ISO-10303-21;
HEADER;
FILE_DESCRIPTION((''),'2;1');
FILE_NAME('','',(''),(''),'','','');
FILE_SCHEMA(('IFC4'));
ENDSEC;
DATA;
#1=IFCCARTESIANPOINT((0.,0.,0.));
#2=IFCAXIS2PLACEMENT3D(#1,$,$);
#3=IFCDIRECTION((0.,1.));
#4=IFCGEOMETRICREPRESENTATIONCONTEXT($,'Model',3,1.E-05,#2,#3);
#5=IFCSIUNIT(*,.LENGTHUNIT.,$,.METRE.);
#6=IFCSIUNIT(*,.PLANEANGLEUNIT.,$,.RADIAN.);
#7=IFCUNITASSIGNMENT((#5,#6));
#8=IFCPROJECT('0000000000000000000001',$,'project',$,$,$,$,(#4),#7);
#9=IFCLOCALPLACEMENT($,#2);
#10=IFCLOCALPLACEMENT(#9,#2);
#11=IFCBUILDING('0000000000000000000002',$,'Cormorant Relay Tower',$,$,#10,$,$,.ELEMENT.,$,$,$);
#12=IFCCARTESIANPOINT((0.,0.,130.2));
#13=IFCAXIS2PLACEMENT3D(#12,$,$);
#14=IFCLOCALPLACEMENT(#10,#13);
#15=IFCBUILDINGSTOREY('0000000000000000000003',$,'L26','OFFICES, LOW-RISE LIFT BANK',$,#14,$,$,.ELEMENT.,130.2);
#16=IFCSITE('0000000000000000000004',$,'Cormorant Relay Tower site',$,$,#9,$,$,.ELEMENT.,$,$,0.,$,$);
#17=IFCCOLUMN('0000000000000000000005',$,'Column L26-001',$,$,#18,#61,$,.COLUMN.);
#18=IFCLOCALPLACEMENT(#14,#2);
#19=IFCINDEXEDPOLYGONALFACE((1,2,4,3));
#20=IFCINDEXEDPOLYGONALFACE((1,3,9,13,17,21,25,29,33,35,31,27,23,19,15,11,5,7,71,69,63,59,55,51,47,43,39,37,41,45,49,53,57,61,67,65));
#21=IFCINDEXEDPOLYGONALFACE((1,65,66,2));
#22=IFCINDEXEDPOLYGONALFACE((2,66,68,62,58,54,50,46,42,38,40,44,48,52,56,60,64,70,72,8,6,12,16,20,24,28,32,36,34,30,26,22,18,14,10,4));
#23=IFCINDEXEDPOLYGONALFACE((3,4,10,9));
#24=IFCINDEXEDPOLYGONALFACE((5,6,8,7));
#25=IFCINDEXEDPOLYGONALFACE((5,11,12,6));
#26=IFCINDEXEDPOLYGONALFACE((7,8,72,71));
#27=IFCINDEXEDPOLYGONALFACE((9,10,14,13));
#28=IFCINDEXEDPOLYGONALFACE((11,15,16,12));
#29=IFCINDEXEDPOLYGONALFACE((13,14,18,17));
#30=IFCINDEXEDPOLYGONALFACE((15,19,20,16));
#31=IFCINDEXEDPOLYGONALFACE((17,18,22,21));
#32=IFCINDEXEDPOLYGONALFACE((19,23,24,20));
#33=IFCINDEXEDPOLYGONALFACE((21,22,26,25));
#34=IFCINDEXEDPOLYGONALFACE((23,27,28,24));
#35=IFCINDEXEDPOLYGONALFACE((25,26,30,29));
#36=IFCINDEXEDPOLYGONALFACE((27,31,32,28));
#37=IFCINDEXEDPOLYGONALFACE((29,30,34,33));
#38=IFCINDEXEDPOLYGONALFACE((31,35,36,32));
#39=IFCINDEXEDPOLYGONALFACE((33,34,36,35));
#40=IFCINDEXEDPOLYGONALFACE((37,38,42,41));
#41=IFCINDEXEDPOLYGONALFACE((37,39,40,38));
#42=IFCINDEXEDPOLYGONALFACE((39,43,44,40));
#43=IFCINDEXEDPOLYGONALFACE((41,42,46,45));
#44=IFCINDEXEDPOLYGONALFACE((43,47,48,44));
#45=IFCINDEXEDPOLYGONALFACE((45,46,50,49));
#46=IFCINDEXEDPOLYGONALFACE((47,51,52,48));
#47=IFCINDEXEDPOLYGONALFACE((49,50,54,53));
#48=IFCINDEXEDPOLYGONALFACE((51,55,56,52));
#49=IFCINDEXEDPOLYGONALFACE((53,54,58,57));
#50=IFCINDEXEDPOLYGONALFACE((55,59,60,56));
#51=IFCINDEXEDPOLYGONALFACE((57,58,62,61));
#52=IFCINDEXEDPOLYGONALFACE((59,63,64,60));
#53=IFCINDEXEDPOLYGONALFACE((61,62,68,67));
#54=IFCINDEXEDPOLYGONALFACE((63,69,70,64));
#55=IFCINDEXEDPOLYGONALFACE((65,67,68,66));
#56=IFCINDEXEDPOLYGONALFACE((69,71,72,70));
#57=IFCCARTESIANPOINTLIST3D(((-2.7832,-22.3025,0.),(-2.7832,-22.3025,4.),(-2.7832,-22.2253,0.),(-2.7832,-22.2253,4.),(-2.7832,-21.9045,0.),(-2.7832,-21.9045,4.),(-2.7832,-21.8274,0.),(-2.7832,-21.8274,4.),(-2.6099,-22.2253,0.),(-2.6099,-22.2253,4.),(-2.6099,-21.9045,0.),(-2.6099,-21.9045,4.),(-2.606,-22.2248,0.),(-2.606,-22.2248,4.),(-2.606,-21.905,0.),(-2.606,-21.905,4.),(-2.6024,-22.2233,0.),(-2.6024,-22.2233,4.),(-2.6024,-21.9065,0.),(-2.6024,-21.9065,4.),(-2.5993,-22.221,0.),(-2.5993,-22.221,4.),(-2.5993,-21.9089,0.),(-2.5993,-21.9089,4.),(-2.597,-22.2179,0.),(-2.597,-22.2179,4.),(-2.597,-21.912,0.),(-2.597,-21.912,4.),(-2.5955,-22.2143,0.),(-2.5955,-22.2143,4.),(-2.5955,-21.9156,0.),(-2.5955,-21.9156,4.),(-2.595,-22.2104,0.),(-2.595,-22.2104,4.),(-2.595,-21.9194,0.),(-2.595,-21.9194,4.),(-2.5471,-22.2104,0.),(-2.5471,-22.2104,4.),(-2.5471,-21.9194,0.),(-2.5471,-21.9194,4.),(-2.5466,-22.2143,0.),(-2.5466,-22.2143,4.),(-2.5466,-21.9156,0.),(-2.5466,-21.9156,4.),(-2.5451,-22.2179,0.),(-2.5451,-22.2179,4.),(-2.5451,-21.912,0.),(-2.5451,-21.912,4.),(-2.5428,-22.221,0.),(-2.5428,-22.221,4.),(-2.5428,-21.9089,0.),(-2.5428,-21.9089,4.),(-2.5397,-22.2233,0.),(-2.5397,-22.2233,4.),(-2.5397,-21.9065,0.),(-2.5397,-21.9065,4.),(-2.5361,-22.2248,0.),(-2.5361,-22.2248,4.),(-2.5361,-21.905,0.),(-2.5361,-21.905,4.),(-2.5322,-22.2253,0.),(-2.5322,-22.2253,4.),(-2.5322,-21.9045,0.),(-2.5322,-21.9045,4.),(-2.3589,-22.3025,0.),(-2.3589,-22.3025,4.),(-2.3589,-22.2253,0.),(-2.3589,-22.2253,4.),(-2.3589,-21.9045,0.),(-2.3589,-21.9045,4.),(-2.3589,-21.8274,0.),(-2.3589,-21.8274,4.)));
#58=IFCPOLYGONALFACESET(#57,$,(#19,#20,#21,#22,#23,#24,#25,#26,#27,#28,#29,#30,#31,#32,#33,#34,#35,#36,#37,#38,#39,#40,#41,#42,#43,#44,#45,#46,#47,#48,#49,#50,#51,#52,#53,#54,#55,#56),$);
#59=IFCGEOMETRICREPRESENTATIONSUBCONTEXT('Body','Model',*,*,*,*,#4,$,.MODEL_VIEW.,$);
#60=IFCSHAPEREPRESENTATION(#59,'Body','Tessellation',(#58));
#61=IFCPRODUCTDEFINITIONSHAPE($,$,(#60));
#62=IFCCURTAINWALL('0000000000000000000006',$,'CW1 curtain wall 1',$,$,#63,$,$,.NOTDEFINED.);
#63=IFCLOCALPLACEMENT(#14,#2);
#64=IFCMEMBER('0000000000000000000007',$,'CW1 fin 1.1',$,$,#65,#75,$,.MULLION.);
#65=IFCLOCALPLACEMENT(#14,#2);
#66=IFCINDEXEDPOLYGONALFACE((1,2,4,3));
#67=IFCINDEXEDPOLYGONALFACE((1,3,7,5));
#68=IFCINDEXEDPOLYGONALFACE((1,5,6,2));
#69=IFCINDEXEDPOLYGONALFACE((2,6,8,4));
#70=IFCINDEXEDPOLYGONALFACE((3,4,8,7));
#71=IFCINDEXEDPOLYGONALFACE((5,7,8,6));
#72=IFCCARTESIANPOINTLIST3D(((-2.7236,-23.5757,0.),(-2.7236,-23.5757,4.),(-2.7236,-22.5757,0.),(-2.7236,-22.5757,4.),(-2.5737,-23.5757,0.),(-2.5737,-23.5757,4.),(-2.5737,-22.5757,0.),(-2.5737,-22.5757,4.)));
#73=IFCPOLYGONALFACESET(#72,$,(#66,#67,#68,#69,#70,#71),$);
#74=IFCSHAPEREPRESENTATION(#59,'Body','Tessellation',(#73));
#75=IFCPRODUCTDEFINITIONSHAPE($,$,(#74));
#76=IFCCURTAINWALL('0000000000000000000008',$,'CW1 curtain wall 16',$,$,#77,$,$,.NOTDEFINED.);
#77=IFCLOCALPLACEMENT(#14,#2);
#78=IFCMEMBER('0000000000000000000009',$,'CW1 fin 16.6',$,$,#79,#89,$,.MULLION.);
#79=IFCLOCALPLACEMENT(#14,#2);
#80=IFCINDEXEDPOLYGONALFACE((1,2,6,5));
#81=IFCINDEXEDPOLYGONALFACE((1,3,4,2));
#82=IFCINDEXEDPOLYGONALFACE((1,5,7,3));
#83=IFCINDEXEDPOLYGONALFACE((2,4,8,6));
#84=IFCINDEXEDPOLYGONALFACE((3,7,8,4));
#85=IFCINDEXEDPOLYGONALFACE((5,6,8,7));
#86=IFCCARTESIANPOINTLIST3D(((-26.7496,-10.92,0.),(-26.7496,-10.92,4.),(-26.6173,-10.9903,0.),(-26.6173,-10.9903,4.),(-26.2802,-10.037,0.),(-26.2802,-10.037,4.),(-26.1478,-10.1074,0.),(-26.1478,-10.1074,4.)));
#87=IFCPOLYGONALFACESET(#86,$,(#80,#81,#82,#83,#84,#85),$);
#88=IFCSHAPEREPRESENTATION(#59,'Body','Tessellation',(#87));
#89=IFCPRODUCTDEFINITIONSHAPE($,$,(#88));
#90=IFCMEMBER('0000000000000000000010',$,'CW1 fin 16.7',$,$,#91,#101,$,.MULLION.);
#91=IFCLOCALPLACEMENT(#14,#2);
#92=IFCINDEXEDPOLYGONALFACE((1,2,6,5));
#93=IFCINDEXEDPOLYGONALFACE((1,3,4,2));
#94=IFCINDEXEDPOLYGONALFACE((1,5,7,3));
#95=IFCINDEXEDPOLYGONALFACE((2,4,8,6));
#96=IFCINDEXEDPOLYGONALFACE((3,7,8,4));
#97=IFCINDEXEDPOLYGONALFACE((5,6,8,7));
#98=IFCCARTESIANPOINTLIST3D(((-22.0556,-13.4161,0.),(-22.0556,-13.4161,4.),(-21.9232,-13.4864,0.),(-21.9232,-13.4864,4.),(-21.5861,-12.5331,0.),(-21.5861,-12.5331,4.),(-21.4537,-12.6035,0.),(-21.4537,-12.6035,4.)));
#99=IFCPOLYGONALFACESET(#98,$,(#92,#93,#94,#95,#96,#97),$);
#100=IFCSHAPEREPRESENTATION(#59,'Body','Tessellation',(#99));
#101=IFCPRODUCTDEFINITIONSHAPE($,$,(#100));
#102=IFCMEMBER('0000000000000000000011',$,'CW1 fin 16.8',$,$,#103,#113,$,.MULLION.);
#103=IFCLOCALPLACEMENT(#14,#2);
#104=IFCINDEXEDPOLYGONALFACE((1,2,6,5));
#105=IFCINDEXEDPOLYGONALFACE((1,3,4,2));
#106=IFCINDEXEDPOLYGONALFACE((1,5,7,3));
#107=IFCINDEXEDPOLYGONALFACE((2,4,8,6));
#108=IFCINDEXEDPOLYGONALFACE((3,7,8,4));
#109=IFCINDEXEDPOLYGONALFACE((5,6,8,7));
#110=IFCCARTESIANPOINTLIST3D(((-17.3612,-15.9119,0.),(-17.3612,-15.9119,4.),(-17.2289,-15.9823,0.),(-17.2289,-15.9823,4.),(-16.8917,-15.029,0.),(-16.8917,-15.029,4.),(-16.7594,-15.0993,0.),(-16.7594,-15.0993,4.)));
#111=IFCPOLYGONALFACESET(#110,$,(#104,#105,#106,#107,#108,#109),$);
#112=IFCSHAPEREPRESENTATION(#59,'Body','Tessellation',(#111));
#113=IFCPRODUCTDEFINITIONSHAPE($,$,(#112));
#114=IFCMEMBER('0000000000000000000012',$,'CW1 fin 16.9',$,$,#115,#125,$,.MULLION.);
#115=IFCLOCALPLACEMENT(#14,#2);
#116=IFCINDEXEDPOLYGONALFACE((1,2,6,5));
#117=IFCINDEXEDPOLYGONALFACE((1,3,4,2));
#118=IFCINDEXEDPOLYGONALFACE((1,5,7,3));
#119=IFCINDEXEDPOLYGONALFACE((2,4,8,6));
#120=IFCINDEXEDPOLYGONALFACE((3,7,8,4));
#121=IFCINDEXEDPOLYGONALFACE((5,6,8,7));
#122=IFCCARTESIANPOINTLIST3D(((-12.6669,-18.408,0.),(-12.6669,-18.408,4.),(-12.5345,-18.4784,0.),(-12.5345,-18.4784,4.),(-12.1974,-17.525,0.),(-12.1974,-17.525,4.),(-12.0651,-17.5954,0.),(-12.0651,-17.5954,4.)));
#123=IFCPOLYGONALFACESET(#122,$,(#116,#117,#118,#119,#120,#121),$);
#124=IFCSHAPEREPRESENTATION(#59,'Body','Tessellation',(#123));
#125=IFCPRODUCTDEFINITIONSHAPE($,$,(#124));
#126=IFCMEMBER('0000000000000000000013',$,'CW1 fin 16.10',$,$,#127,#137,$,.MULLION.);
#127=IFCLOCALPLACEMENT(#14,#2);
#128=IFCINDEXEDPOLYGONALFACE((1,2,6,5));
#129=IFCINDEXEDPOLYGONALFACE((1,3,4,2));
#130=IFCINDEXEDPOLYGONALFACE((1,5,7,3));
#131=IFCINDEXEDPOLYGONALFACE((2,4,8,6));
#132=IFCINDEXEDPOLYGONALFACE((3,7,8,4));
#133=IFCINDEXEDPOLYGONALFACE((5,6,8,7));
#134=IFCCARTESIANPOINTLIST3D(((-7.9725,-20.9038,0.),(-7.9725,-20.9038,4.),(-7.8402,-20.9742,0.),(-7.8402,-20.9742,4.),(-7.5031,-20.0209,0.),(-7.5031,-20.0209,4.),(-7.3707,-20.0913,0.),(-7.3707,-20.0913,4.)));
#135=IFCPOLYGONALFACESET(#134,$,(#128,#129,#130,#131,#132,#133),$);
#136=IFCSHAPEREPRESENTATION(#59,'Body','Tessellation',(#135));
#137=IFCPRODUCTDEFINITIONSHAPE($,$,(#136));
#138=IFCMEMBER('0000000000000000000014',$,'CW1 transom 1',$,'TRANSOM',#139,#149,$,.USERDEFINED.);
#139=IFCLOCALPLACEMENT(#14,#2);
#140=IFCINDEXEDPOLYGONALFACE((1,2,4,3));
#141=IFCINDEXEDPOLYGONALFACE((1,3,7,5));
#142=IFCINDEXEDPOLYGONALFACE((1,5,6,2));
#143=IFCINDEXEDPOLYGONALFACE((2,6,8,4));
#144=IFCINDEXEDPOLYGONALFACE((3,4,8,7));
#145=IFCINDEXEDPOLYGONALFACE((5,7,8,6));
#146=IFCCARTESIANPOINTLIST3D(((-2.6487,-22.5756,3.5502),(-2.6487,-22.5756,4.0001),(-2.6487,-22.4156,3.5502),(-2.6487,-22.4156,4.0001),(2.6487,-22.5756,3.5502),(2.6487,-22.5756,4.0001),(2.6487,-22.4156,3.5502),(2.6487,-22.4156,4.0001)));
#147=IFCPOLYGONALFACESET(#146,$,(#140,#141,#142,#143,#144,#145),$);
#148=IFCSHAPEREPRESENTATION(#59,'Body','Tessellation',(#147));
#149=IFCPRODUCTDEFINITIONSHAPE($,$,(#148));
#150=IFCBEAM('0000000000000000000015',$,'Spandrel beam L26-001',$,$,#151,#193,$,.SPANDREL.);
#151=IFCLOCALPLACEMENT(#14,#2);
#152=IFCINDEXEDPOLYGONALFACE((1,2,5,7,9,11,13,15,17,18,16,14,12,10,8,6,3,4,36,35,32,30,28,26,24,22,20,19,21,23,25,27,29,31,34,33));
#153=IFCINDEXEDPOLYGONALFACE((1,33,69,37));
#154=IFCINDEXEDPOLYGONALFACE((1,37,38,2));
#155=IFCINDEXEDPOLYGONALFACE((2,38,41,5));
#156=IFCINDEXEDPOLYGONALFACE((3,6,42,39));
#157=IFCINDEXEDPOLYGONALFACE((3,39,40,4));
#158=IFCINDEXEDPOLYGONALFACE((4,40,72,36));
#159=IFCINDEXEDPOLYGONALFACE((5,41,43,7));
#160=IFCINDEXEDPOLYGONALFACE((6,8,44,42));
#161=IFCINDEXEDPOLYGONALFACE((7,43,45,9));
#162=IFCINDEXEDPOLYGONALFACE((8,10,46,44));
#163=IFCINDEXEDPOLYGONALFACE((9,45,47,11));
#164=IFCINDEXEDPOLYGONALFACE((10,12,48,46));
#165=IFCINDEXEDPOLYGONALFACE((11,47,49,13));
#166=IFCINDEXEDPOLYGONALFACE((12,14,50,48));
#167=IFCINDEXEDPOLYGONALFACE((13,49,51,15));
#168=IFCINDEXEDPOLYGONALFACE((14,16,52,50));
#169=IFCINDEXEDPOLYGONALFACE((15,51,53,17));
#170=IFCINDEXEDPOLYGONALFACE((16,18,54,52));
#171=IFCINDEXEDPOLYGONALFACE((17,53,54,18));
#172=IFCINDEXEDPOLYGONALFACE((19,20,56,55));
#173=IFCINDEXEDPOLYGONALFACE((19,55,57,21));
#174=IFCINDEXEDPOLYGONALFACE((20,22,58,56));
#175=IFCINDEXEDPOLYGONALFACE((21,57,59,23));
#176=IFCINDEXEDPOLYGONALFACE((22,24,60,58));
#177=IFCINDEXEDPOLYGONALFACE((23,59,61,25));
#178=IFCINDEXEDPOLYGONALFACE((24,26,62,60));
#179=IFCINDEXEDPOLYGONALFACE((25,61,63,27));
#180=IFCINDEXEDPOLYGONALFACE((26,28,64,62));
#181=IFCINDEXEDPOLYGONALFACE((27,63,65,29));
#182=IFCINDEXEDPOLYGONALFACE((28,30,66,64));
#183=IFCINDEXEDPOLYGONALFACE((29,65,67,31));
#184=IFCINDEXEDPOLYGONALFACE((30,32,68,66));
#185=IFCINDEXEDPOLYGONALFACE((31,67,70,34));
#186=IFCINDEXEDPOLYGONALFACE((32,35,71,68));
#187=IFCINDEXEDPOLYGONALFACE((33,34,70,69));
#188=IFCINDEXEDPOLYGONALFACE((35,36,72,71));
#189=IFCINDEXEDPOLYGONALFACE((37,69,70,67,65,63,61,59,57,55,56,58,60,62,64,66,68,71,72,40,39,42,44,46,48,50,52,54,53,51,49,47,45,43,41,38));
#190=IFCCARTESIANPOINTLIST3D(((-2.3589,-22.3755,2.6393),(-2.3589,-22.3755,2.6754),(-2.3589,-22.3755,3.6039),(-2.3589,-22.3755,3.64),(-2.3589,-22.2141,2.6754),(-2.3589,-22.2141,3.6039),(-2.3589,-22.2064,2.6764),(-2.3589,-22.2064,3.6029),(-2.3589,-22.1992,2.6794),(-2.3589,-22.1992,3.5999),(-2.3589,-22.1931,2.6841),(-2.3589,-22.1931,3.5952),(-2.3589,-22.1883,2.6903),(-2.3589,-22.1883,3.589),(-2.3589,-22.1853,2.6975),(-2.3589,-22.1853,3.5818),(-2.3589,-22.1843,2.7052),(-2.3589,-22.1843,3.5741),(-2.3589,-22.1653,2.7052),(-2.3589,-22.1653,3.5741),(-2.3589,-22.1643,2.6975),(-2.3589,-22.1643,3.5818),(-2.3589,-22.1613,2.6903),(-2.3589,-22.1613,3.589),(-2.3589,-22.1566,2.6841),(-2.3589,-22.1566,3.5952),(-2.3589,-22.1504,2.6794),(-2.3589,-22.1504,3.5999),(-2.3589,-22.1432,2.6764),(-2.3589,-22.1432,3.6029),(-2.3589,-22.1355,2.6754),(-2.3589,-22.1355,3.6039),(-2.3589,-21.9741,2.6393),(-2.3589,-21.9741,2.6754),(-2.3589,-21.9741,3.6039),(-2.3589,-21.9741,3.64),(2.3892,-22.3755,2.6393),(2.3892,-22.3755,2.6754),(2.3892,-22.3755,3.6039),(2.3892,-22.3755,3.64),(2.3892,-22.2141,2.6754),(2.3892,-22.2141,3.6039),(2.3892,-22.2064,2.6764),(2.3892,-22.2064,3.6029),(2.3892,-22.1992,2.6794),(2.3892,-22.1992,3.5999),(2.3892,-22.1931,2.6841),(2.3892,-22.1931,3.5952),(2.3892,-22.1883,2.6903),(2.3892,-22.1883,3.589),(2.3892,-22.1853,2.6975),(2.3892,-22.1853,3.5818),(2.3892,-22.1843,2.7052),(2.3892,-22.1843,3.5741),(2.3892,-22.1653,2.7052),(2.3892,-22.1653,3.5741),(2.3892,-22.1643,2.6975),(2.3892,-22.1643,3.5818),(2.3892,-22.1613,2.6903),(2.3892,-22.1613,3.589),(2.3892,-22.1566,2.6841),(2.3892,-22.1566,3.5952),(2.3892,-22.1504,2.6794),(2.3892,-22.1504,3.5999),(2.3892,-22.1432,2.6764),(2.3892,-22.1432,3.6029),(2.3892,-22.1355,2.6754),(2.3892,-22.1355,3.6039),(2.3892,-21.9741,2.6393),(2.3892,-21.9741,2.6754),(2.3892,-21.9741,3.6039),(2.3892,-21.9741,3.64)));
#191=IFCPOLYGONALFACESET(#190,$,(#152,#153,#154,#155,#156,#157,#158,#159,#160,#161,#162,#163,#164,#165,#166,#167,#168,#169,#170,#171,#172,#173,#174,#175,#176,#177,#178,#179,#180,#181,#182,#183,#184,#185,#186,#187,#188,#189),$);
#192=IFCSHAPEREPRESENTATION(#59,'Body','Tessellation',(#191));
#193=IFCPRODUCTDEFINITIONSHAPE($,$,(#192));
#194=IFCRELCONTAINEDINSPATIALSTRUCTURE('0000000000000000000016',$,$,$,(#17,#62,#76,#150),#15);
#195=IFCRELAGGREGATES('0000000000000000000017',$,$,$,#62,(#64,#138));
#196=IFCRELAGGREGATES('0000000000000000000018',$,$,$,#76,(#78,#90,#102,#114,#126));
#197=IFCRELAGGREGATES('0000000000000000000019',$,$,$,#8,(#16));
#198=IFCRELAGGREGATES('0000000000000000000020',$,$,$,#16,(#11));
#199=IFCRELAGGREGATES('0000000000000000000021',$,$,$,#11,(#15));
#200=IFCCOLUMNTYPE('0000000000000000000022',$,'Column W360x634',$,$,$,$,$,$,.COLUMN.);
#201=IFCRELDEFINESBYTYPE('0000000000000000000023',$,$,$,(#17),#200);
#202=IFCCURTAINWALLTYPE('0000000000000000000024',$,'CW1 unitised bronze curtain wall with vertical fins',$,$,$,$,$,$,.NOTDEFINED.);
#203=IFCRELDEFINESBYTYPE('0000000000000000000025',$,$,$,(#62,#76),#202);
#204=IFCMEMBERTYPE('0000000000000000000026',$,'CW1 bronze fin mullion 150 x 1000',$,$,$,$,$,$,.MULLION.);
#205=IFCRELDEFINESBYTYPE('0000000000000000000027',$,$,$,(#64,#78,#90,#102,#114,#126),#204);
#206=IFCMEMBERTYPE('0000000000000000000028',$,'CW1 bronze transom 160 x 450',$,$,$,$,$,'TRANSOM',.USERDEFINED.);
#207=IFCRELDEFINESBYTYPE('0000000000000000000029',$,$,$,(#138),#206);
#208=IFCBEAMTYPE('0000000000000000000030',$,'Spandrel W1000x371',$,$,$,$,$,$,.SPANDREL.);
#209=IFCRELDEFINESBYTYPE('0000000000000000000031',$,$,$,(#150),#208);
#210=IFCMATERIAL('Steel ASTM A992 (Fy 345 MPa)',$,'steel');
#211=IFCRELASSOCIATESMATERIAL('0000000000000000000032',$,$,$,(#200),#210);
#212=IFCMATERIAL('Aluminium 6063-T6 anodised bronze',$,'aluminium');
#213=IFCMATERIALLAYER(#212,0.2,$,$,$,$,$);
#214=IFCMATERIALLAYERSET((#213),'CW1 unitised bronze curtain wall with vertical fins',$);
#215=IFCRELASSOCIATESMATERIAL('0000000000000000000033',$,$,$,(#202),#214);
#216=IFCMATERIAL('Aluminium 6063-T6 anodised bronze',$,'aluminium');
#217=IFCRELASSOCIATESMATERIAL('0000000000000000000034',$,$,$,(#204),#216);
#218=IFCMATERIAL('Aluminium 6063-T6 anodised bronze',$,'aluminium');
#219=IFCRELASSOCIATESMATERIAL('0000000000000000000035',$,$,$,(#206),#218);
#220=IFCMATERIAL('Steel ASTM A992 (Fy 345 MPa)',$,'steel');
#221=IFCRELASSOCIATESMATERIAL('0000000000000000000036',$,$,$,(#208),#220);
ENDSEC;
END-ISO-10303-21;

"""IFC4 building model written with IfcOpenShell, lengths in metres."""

from ifc_helpers import new_model, si_unit, direction, frame, origin, origin_2d, place, context, subcontext, project, spatial, rectangle, i_section, extrude, material, layer, layer_set, material_profile, profile_set, type_object, element, aggregate, save


model = new_model("IFC4")

# Units and contexts
model_context = context("Model", 3, precision=1e-05, world=origin(), true_north=direction((0.0, 1.0)))
body_context = subcontext(model_context, "Body", "Model", "MODEL_VIEW")
ifc_project = project(units=[si_unit("LENGTHUNIT", "METRE"), si_unit("PLANEANGLEUNIT", "RADIAN")], contexts=[model_context])

# Site, building, storey
site_placement = place(None, origin())
site = spatial("IfcSite", under=ifc_project, at=site_placement, Name="Cormorant Relay Tower site", CompositionType="ELEMENT", RefElevation=0.0)
building_placement = place(site_placement, origin())
building = spatial("IfcBuilding", under=site, at=building_placement, Name="Cormorant Relay Tower", CompositionType="ELEMENT")
storey_placement = place(building_placement, frame((0.0, 0.0, 130.2)))
storey = spatial("IfcBuildingStorey", under=building, at=storey_placement, Name="L26", Description="OFFICES, LOW-RISE LIFT BANK", CompositionType="ELEMENT", Elevation=130.2)

# Column
ifc_material_1 = material(Name="Steel ASTM A992 (Fy 345 MPa)", Category="steel")
ifc_material_profile_1 = material_profile(ifc_material_1, i_section(OverallWidth=0.4243, OverallDepth=0.4751, WebThickness=0.0479, FlangeThickness=0.0771, FilletRadius=0.0149, at=origin_2d()), Name="W360x634")
ifc_profile_set_1 = profile_set([ifc_material_profile_1], Name="Steel ASTM A992 (Fy 345 MPa)")
column_type_1 = type_object("IfcColumnType", Name="Column W360x634", PredefinedType="COLUMN", material=ifc_profile_set_1)
column_1_placement = place(storey_placement, frame((-2.571, -22.0649, 0.0), z_axis=(0.0, 0.0, 1.0), x_axis=(1.0, 0.0, 0.0)))
element("IfcColumn", 1, at=column_1_placement, inside=storey, type_object=column_type_1, Name="Column L26-001", PredefinedType="COLUMN", context=body_context, shape_type="SweptSolid", body=[
    extrude(i_section(OverallWidth=0.4243, OverallDepth=0.4751, WebThickness=0.0479, FlangeThickness=0.0771, FilletRadius=0.0149, at=origin_2d()), origin(), (0.0, 0.0, 1.0), 4.0),
])

# Curtain wall, member
ifc_material_2 = material(Name="Aluminium 6063-T6 anodised bronze", Category="aluminium")
ifc_layer_1 = layer(ifc_material_2, 0.2)
ifc_layer_set_1 = layer_set([ifc_layer_1], Name="CW1 unitised bronze curtain wall with vertical fins")
curtain_wall_type = type_object("IfcCurtainWallType", Name="CW1 unitised bronze curtain wall with vertical fins", PredefinedType="NOTDEFINED", material=ifc_layer_set_1)
curtain_wall_1_placement = place(storey_placement, origin())
curtain_wall_1 = element("IfcCurtainWall", 2, at=curtain_wall_1_placement, inside=storey, type_object=curtain_wall_type, Name="CW1 curtain wall 1", PredefinedType="NOTDEFINED")
ifc_material_3 = material(Name="Aluminium 6063-T6 anodised bronze", Category="aluminium")
ifc_material_profile_2 = material_profile(ifc_material_3, rectangle(XDim=0.1499, YDim=1.0, at=origin_2d()), Name="AL 150x1000")
ifc_profile_set_2 = profile_set([ifc_material_profile_2], Name="Aluminium 6063-T6 anodised bronze")
member_type_1 = type_object("IfcMemberType", Name="CW1 bronze fin mullion 150 x 1000", PredefinedType="MULLION", material=ifc_profile_set_2)
member_1_placement = place(storey_placement, frame((-2.6487, -23.0757, 0.0), z_axis=(0.0, 0.0, 1.0), x_axis=(1.0, 0.0, 0.0)))
member_1 = element("IfcMember", 3, at=member_1_placement, type_object=member_type_1, Name="CW1 fin 1.1", PredefinedType="MULLION", context=body_context, shape_type="SweptSolid", body=[
    extrude(rectangle(XDim=0.1499, YDim=1.0, at=origin_2d()), origin(), (0.0, 0.0, 1.0), 4.0),
])

# Curtain wall, members
curtain_wall_2_placement = place(storey_placement, origin())
curtain_wall_2 = element("IfcCurtainWall", 4, at=curtain_wall_2_placement, inside=storey, type_object=curtain_wall_type, Name="CW1 curtain wall 16", PredefinedType="NOTDEFINED")
member_2_placement = place(storey_placement, frame((-26.4487, -10.5137, 0.0), z_axis=(0.0, 0.0, 1.0), x_axis=(0.882948, -0.469472, 0.0)))
member_2 = element("IfcMember", 5, at=member_2_placement, type_object=member_type_1, Name="CW1 fin 16.6", PredefinedType="MULLION", context=body_context, shape_type="SweptSolid", body=[
    extrude(rectangle(XDim=0.1499, YDim=1.0, at=origin_2d()), origin(), (0.0, 0.0, 1.0), 4.0),
])
member_3_placement = place(storey_placement, frame((-21.7546, -13.0098, 0.0), z_axis=(0.0, 0.0, 1.0), x_axis=(0.882948, -0.469472, 0.0)))
member_3 = element("IfcMember", 6, at=member_3_placement, type_object=member_type_1, Name="CW1 fin 16.7", PredefinedType="MULLION", context=body_context, shape_type="SweptSolid", body=[
    extrude(rectangle(XDim=0.1499, YDim=1.0, at=origin_2d()), origin(), (0.0, 0.0, 1.0), 4.0),
])
member_4_placement = place(storey_placement, frame((-17.0603, -15.5056, 0.0), z_axis=(0.0, 0.0, 1.0), x_axis=(0.882948, -0.469472, 0.0)))
member_4 = element("IfcMember", 7, at=member_4_placement, type_object=member_type_1, Name="CW1 fin 16.8", PredefinedType="MULLION", context=body_context, shape_type="SweptSolid", body=[
    extrude(rectangle(XDim=0.1499, YDim=1.0, at=origin_2d()), origin(), (0.0, 0.0, 1.0), 4.0),
])
member_5_placement = place(storey_placement, frame((-12.366, -18.0017, 0.0), z_axis=(0.0, 0.0, 1.0), x_axis=(0.882948, -0.469472, 0.0)))
member_5 = element("IfcMember", 8, at=member_5_placement, type_object=member_type_1, Name="CW1 fin 16.9", PredefinedType="MULLION", context=body_context, shape_type="SweptSolid", body=[
    extrude(rectangle(XDim=0.1499, YDim=1.0, at=origin_2d()), origin(), (0.0, 0.0, 1.0), 4.0),
])
member_6_placement = place(storey_placement, frame((-7.6716, -20.4976, 0.0), z_axis=(0.0, 0.0, 1.0), x_axis=(0.882948, -0.469472, 0.0)))
member_6 = element("IfcMember", 9, at=member_6_placement, type_object=member_type_1, Name="CW1 fin 16.10", PredefinedType="MULLION", context=body_context, shape_type="SweptSolid", body=[
    extrude(rectangle(XDim=0.1499, YDim=1.0, at=origin_2d()), origin(), (0.0, 0.0, 1.0), 4.0),
])

# Member
ifc_material_4 = material(Name="Aluminium 6063-T6 anodised bronze", Category="aluminium")
ifc_material_profile_3 = material_profile(ifc_material_4, rectangle(XDim=0.1599, YDim=0.45, at=origin_2d()), Name="AL 160x450")
ifc_profile_set_3 = profile_set([ifc_material_profile_3], Name="Aluminium 6063-T6 anodised bronze")
member_type_2 = type_object("IfcMemberType", Name="CW1 bronze transom 160 x 450", ElementType="TRANSOM", PredefinedType="USERDEFINED", material=ifc_profile_set_3)
member_7_placement = place(storey_placement, frame((-2.6487, -22.4956, 3.7751), z_axis=(1.0, 0.0, 0.0), x_axis=(0.0, 1.0, 0.0)))
member_7 = element("IfcMember", 10, at=member_7_placement, type_object=member_type_2, Name="CW1 transom 1", ObjectType="TRANSOM", PredefinedType="USERDEFINED", context=body_context, shape_type="SweptSolid", body=[
    extrude(rectangle(XDim=0.1599, YDim=0.45, at=origin_2d()), origin(), (0.0, 0.0, 1.0), 5.2974),
])
aggregate(curtain_wall_1, [member_1, member_7])

# Beam
ifc_material_5 = material(Name="Steel ASTM A992 (Fy 345 MPa)", Category="steel")
ifc_material_profile_4 = material_profile(ifc_material_5, i_section(OverallWidth=0.4014, OverallDepth=1.0007, WebThickness=0.019, FlangeThickness=0.0361, FilletRadius=0.0298, at=origin_2d()), Name="W1000x371")
ifc_profile_set_4 = profile_set([ifc_material_profile_4], Name="Steel ASTM A992 (Fy 345 MPa)")
beam_type = type_object("IfcBeamType", Name="Spandrel W1000x371", PredefinedType="SPANDREL", material=ifc_profile_set_4)
beam_1_placement = place(storey_placement, frame((-2.3589, -22.1748, 3.1396), z_axis=(1.0, 0.0, 0.0), x_axis=(0.0, 1.0, 0.0)))
element("IfcBeam", 11, at=beam_1_placement, inside=storey, type_object=beam_type, Name="Spandrel beam L26-001", PredefinedType="SPANDREL", context=body_context, shape_type="SweptSolid", body=[
    extrude(i_section(OverallWidth=0.4014, OverallDepth=1.0007, WebThickness=0.019, FlangeThickness=0.0361, FilletRadius=0.0298, at=origin_2d()), origin(), (0.0, 0.0, 1.0), 4.748),
])

aggregate(curtain_wall_2, [member_2, member_3, member_4, member_5, member_6])

save(model, "model.ifc")
